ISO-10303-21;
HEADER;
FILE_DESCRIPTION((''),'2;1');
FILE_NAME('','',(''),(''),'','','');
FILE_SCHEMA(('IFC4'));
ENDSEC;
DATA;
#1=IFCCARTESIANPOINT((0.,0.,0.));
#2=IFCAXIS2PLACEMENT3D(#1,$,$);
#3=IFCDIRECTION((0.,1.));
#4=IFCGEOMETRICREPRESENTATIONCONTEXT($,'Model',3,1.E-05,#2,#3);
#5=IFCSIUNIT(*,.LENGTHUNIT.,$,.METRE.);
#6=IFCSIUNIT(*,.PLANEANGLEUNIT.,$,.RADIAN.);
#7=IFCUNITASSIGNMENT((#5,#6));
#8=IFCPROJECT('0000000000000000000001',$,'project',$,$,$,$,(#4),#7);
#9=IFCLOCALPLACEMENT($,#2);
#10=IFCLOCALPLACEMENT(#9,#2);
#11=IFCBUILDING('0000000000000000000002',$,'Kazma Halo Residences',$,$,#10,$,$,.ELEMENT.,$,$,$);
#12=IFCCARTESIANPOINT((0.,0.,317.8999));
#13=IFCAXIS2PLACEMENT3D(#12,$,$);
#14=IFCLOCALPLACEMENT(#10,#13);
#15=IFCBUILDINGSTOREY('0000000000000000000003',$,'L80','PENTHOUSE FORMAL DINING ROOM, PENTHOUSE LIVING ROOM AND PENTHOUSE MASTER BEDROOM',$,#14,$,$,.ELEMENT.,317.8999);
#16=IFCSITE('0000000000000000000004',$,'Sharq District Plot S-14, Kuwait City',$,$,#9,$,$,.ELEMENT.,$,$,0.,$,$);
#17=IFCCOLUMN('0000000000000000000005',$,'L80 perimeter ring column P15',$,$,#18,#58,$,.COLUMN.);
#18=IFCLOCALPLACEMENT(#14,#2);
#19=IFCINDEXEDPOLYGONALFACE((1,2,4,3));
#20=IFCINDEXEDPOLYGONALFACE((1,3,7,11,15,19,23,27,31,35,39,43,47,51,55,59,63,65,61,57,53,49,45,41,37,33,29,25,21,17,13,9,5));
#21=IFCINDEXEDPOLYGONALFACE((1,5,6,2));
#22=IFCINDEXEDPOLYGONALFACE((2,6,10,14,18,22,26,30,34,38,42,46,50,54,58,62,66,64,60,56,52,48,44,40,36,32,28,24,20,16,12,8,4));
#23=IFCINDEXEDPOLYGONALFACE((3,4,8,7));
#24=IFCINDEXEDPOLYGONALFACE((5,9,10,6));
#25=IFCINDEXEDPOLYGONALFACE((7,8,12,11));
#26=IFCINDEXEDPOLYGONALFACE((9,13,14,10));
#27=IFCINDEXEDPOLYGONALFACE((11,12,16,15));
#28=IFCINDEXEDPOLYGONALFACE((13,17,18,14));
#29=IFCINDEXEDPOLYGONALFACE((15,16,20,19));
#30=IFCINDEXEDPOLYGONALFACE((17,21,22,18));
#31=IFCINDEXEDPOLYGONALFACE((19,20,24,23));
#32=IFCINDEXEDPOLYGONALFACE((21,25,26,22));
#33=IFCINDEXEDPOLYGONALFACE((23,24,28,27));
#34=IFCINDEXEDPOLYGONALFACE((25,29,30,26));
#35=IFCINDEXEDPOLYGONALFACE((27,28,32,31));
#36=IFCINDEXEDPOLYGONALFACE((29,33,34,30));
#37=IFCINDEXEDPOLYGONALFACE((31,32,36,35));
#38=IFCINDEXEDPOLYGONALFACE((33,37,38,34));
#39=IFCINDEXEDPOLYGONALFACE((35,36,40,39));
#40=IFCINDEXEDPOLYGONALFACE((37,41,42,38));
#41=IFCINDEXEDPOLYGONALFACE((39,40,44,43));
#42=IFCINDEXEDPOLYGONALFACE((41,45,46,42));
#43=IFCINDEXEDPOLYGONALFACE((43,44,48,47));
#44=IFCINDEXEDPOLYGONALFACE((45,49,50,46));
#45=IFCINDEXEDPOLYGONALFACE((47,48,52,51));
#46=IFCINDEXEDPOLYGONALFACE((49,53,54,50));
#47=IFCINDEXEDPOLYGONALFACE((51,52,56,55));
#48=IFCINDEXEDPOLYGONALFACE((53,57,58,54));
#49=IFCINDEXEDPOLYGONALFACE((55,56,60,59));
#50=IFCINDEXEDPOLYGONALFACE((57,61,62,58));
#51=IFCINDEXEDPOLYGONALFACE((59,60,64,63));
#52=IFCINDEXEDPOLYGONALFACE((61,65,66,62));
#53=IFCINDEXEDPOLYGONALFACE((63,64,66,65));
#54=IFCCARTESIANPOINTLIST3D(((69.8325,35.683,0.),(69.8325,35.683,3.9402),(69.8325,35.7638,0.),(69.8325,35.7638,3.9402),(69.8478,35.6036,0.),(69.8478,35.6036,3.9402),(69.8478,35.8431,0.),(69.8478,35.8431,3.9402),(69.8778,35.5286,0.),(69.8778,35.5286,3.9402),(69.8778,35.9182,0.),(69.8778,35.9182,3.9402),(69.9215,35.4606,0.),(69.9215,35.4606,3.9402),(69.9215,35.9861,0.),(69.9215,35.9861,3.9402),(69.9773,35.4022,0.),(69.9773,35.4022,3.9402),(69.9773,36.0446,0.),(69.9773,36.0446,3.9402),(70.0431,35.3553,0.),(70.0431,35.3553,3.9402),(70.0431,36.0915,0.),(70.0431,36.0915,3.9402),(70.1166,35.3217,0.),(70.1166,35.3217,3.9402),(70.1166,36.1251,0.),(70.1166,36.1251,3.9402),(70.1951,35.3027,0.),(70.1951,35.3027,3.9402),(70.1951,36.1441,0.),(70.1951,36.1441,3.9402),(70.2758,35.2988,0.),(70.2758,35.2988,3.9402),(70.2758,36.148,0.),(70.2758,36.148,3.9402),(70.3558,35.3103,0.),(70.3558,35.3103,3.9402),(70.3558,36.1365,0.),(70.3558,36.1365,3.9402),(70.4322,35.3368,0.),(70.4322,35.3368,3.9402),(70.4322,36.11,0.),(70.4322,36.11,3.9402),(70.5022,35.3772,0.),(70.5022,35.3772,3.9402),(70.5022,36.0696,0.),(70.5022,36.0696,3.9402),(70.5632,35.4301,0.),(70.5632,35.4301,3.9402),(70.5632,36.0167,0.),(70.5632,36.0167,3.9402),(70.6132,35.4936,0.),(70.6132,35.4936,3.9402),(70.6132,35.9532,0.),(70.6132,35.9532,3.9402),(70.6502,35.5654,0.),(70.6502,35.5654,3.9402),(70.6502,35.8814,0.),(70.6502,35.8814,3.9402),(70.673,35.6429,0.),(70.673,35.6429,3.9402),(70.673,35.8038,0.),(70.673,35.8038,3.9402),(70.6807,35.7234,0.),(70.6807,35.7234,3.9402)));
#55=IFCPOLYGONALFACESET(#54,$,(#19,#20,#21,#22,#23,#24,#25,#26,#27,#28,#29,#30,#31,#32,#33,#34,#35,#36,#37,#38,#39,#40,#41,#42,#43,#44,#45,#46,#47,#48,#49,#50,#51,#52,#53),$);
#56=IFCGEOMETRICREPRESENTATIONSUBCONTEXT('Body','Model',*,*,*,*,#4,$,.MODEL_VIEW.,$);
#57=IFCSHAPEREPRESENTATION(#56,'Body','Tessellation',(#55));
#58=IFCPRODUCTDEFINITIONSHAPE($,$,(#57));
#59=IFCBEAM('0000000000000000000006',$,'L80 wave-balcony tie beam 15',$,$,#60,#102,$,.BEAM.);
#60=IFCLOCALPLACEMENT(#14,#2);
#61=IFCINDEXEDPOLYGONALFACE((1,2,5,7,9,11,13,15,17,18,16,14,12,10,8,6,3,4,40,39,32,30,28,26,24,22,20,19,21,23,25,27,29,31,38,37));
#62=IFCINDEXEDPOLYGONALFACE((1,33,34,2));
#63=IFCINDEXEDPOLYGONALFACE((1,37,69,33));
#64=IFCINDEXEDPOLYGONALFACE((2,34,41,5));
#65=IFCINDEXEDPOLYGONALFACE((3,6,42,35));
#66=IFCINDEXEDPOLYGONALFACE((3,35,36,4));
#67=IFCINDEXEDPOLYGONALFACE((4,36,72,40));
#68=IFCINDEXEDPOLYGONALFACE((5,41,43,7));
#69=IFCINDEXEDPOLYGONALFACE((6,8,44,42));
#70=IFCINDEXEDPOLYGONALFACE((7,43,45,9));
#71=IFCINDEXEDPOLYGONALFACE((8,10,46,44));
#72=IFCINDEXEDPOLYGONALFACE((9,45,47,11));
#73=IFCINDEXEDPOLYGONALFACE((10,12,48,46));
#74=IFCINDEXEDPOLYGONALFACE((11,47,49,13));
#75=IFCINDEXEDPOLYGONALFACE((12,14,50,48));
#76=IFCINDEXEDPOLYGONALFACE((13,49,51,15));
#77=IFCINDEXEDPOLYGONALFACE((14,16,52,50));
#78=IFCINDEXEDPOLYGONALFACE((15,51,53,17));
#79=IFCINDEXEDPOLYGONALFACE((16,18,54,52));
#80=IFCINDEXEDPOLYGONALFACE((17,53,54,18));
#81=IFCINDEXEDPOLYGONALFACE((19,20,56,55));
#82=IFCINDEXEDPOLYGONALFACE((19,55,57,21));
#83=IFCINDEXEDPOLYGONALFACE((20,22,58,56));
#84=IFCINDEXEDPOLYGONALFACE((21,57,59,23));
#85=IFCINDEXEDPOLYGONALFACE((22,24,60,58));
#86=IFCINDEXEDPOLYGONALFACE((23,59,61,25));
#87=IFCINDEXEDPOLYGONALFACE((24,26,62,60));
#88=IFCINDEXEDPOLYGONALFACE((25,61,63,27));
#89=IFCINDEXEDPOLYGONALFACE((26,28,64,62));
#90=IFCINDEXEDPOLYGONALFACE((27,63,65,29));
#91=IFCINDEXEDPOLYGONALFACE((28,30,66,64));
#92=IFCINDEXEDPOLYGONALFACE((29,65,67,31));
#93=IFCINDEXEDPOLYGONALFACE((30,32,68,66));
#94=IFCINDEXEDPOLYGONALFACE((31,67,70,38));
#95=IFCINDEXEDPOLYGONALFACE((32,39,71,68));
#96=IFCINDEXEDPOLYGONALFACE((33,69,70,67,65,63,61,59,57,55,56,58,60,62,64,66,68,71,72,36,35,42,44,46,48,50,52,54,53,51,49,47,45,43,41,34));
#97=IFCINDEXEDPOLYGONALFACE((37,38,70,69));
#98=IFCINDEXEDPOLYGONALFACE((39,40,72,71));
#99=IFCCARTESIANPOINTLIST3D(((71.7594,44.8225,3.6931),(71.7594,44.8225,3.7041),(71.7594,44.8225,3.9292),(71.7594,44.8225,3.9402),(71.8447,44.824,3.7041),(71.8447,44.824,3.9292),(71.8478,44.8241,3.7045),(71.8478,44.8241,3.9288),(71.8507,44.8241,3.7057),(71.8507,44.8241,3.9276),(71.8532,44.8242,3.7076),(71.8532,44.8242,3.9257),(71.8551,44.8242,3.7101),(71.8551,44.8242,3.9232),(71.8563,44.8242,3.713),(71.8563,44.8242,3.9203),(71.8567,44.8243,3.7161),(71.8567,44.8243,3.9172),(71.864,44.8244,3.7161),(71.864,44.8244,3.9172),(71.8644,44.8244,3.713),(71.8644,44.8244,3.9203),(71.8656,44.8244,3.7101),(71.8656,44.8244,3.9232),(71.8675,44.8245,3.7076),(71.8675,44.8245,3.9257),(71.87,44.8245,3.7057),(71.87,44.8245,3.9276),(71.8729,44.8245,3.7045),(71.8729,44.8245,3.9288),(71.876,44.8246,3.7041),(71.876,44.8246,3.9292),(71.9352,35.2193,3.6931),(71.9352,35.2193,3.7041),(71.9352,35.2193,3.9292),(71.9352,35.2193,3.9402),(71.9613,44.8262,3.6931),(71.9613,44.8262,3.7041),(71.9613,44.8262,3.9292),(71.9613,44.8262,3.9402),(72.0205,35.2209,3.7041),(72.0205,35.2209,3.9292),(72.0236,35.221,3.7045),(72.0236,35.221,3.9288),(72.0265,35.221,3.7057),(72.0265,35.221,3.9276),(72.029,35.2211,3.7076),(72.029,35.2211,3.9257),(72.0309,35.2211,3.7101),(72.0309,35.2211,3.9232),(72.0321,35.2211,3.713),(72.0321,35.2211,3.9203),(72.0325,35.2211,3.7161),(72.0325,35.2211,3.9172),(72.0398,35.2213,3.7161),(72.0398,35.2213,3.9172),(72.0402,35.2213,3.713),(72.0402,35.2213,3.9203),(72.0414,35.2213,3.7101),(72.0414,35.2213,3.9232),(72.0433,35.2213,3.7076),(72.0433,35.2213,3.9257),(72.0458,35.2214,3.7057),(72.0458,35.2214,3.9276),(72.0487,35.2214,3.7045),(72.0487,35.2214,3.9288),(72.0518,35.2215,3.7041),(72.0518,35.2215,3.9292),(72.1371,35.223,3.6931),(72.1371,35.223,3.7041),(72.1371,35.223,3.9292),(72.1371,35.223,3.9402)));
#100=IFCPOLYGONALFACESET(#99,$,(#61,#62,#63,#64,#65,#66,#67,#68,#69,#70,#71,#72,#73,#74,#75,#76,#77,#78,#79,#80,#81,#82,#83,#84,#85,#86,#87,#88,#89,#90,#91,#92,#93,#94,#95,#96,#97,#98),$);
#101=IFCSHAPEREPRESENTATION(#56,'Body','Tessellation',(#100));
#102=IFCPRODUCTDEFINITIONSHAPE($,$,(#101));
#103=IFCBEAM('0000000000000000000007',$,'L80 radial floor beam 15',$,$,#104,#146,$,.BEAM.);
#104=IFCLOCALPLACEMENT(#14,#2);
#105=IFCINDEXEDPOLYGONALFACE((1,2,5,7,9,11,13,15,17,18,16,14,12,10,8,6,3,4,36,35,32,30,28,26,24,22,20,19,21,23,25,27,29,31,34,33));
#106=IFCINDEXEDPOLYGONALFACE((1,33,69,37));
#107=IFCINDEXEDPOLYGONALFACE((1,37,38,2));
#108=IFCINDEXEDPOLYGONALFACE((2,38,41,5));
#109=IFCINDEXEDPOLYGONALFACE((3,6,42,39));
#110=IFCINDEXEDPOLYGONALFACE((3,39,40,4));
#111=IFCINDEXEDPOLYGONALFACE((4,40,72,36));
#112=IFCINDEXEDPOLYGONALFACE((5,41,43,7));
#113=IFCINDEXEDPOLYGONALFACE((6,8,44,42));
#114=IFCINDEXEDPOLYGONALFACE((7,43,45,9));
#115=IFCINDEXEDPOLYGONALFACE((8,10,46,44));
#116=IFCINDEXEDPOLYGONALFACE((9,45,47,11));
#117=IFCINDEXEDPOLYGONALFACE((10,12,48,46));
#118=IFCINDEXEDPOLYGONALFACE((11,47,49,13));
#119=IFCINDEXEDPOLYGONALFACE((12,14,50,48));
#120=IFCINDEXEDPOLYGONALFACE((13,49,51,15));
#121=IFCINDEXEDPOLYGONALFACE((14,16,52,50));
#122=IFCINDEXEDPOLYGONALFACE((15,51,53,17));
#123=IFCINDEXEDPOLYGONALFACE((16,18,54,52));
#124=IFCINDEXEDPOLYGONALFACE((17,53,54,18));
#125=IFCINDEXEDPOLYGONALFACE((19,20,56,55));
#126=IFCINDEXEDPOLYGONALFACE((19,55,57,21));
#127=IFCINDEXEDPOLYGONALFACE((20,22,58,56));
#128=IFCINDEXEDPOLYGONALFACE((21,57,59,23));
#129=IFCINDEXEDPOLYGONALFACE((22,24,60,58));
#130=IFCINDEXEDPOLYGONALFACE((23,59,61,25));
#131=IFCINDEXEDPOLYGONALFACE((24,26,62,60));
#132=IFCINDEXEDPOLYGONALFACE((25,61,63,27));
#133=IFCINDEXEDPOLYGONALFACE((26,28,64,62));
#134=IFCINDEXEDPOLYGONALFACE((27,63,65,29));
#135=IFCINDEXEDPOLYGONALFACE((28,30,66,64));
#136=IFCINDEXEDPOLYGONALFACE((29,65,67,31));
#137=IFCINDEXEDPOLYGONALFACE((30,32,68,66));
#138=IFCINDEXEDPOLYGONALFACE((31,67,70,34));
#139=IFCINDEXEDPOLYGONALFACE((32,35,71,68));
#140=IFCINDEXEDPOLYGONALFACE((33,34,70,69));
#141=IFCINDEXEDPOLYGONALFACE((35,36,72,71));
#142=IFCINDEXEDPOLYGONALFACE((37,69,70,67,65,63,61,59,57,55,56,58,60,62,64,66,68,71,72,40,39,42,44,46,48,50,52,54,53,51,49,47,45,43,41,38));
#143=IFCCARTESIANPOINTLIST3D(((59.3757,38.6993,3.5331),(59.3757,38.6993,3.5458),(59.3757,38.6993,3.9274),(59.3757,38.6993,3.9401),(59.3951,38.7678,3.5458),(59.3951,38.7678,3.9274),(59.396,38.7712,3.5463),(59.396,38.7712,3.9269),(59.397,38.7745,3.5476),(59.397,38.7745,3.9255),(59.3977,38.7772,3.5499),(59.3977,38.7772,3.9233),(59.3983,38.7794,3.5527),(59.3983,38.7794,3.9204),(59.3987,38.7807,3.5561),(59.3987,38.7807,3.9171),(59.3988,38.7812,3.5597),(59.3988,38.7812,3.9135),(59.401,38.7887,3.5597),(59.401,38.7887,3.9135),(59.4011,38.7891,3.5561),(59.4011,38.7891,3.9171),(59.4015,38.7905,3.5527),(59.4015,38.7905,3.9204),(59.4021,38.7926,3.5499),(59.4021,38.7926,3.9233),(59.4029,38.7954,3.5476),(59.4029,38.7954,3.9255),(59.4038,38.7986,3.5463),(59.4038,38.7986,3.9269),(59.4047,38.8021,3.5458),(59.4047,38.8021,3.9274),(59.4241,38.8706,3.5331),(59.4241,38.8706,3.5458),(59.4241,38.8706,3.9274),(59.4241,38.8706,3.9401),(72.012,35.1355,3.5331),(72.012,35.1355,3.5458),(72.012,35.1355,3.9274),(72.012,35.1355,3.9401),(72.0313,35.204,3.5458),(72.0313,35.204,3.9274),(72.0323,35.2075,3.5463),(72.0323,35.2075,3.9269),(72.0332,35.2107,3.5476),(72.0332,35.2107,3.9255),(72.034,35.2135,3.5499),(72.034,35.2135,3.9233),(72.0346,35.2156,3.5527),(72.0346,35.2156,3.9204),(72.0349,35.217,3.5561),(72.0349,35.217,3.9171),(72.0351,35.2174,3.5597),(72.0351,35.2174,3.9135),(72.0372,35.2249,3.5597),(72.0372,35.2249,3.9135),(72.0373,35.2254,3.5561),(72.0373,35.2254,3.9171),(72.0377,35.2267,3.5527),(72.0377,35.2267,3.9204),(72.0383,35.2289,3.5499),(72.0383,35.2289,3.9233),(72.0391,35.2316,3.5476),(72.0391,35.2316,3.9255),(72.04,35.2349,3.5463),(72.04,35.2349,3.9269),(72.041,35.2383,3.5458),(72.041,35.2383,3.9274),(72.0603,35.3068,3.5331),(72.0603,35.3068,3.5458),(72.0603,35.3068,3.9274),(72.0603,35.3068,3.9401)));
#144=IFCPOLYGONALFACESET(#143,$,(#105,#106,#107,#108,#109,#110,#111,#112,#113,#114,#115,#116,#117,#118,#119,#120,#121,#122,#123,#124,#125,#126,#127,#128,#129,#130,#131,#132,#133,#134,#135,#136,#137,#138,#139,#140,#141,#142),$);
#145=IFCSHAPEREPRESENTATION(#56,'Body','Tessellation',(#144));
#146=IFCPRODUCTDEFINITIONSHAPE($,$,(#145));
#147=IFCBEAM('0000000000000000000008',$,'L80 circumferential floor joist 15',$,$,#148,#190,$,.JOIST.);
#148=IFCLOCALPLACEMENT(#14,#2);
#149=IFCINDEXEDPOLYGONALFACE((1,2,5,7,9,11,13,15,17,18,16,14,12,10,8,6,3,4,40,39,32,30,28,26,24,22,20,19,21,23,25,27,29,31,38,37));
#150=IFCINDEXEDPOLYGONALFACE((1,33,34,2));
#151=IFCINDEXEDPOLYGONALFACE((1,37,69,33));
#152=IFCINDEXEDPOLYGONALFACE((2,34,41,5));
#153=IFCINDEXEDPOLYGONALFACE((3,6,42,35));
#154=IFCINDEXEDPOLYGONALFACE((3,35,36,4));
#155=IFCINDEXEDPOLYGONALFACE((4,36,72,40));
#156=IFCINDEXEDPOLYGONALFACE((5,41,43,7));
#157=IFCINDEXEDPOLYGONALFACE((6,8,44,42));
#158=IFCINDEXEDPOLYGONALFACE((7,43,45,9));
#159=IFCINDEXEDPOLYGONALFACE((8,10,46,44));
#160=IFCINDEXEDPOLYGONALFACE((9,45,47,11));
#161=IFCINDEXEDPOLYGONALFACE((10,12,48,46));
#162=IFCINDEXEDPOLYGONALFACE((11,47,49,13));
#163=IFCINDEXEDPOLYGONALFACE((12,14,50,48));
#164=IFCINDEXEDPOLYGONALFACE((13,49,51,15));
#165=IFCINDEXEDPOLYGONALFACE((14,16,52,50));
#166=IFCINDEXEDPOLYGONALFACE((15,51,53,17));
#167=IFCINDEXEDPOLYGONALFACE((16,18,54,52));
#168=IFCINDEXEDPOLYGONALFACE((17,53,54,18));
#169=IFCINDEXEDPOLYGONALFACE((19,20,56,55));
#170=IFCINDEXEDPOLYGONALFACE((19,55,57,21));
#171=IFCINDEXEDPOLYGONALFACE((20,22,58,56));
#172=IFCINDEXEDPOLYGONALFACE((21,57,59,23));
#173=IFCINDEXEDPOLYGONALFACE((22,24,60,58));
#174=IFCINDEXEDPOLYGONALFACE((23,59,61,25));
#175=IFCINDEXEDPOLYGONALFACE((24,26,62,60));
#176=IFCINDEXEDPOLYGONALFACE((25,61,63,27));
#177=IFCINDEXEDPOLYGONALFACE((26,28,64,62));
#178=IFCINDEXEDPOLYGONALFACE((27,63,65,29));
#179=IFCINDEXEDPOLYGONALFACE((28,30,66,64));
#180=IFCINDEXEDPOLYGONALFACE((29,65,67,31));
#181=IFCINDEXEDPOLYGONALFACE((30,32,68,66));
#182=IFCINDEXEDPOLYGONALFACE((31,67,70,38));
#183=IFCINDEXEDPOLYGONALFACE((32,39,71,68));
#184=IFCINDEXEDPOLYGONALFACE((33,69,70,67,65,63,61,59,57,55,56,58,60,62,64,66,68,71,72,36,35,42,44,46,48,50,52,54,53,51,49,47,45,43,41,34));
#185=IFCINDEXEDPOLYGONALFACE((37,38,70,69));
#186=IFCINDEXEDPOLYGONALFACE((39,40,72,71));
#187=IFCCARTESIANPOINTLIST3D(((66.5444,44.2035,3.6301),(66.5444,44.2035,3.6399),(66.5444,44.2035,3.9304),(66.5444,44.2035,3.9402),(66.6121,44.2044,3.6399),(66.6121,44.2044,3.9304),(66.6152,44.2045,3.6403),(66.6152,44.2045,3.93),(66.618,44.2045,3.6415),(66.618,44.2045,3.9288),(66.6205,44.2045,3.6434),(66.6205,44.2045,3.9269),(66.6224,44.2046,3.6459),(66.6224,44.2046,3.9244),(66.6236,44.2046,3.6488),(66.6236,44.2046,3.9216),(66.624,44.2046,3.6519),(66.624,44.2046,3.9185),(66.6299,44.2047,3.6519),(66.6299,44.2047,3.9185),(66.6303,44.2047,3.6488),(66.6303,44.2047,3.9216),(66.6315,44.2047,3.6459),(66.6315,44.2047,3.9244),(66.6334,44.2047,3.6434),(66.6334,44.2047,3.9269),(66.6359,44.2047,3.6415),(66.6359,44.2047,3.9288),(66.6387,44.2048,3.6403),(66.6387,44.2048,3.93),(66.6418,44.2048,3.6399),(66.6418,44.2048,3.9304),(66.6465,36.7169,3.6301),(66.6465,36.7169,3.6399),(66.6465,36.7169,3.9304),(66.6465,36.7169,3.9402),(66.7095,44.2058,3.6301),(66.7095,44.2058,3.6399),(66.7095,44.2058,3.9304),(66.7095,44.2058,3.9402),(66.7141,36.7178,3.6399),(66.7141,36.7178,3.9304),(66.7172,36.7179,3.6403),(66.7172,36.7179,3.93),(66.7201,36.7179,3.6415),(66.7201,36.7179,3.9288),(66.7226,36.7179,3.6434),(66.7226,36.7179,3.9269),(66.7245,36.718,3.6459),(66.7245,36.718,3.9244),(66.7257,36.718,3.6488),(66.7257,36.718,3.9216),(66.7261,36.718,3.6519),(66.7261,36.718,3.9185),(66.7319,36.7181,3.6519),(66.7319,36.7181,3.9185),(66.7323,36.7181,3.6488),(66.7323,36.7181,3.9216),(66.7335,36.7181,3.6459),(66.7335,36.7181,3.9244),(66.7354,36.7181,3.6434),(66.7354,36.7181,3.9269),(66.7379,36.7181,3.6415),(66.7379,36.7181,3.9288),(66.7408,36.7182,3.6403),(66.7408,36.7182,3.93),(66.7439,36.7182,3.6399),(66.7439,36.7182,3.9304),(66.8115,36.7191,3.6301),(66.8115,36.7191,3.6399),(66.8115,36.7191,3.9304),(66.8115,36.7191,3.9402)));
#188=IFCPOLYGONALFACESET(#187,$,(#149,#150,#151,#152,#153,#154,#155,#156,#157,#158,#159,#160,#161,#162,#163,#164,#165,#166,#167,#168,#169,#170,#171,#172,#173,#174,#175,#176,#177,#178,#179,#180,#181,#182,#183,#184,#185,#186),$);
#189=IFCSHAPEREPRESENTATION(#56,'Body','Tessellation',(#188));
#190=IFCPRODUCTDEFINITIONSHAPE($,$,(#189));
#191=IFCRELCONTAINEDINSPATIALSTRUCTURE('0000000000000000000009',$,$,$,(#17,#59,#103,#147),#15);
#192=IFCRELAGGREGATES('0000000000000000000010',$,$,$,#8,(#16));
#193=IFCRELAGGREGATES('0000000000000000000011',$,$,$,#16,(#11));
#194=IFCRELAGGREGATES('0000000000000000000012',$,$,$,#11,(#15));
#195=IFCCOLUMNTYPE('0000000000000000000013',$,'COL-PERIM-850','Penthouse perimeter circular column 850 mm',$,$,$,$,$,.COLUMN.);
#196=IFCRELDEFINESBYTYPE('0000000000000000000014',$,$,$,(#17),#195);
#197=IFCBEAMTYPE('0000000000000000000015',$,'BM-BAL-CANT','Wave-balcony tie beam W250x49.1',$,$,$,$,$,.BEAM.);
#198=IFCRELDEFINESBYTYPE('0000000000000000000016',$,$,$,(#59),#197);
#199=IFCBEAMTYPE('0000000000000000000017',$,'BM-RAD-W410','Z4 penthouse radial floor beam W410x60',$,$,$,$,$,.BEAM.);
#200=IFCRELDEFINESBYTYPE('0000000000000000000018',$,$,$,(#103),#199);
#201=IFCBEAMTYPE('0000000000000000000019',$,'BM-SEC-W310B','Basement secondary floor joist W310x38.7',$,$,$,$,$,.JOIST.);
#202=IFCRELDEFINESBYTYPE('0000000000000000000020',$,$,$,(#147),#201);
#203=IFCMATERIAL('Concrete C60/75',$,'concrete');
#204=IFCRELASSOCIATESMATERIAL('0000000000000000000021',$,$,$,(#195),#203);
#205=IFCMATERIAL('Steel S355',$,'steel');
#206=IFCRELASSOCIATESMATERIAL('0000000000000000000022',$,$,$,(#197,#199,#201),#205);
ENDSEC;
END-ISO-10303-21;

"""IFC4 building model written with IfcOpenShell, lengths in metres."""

from ifc_helpers import new_model, si_unit, direction, frame, origin, origin_2d, place, context, subcontext, project, spatial, circle, i_section, extrude, material, material_profile, profile_set, type_object, element, save


model = new_model("IFC4")

# Units and contexts
model_context = context("Model", 3, precision=1e-05, world=origin(), true_north=direction((0.0, 1.0)))
body_context = subcontext(model_context, "Body", "Model", "MODEL_VIEW")
ifc_project = project(units=[si_unit("LENGTHUNIT", "METRE"), si_unit("PLANEANGLEUNIT", "RADIAN")], contexts=[model_context])

# Site, building, storey
site_placement = place(None, origin())
site = spatial("IfcSite", under=ifc_project, at=site_placement, Name="Sharq District Plot S-14, Kuwait City", CompositionType="ELEMENT", RefElevation=0.0)
building_placement = place(site_placement, origin())
building = spatial("IfcBuilding", under=site, at=building_placement, Name="Kazma Halo Residences", CompositionType="ELEMENT")
storey_placement = place(building_placement, frame((0.0, 0.0, 317.8999)))
storey = spatial("IfcBuildingStorey", under=building, at=storey_placement, Name="L80", Description="PENTHOUSE FORMAL DINING ROOM, PENTHOUSE LIVING ROOM AND PENTHOUSE MASTER BEDROOM", CompositionType="ELEMENT", Elevation=317.8999)

# Column
ifc_material_1 = material(Name="Concrete C60/75", Category="concrete")
ifc_material_profile_1 = material_profile(ifc_material_1, circle(Radius=0.425, at=origin_2d()), Name="CIRC850")
ifc_profile_set_1 = profile_set([ifc_material_profile_1], Name="Concrete C60/75")
column_type = type_object("IfcColumnType", Name="COL-PERIM-850", Description="Penthouse perimeter circular column 850 mm", PredefinedType="COLUMN", material=ifc_profile_set_1)
column_placement = place(storey_placement, frame((70.2556, 35.7234, 0.0), z_axis=(0.0, 0.0, 1.0), x_axis=(1.0, 0.0, 0.0)))
element("IfcColumn", 1, at=column_placement, inside=storey, type_object=column_type, Name="L80 perimeter ring column P15", PredefinedType="COLUMN", context=body_context, shape_type="SweptSolid", body=[
    extrude(circle(Radius=0.425, at=origin_2d()), origin(), (0.0, 0.0, 1.0), 3.9402),
])

# Beams
ifc_material_2 = material(Name="Steel S355", Category="steel")
ifc_material_profile_2 = material_profile(ifc_material_2, i_section(OverallWidth=0.2019, OverallDepth=0.2471, WebThickness=0.0073, FlangeThickness=0.011, FilletRadius=0.012, at=origin_2d()), Name="W250x49.1")
ifc_profile_set_2 = profile_set([ifc_material_profile_2], Name="Steel S355")
beam_type_1 = type_object("IfcBeamType", Name="BM-BAL-CANT", Description="Wave-balcony tie beam W250x49.1", PredefinedType="BEAM", material=ifc_profile_set_2)
beam_1_placement = place(storey_placement, frame((72.0361, 35.2212, 3.8167), z_axis=(-0.018302, 0.999833, 0.0), x_axis=(-0.999833, -0.018302, 0.0)))
element("IfcBeam", 2, at=beam_1_placement, inside=storey, type_object=beam_type_1, Name="L80 wave-balcony tie beam 15", PredefinedType="BEAM", context=body_context, shape_type="SweptSolid", body=[
    extrude(i_section(OverallWidth=0.2019, OverallDepth=0.2471, WebThickness=0.0073, FlangeThickness=0.011, FilletRadius=0.012, at=origin_2d()), origin(), (0.0, 0.0, 1.0), 9.6047),
])
ifc_material_profile_3 = material_profile(ifc_material_2, i_section(OverallWidth=0.178, OverallDepth=0.407, WebThickness=0.0078, FlangeThickness=0.0127, FilletRadius=0.0139, at=origin_2d()), Name="W410x60")
ifc_profile_set_3 = profile_set([ifc_material_profile_3], Name="Steel S355")
beam_type_2 = type_object("IfcBeamType", Name="BM-RAD-W410", Description="Z4 penthouse radial floor beam W410x60", PredefinedType="BEAM", material=ifc_profile_set_3)
beam_2_placement = place(storey_placement, frame((59.3999, 38.7849, 3.7366), z_axis=(0.962457, -0.271436, 0.0), x_axis=(0.271436, 0.962457, 0.0)))
element("IfcBeam", 3, at=beam_2_placement, inside=storey, type_object=beam_type_2, Name="L80 radial floor beam 15", PredefinedType="BEAM", context=body_context, shape_type="SweptSolid", body=[
    extrude(i_section(OverallWidth=0.178, OverallDepth=0.407, WebThickness=0.0078, FlangeThickness=0.0127, FilletRadius=0.0139, at=origin_2d()), origin(), (0.0, 0.0, 1.0), 13.1292),
])
ifc_material_profile_4 = material_profile(ifc_material_2, i_section(OverallWidth=0.165, OverallDepth=0.3101, WebThickness=0.0059, FlangeThickness=0.0098, FilletRadius=0.012, at=origin_2d()), Name="W310x38.7")
ifc_profile_set_4 = profile_set([ifc_material_profile_4], Name="Steel S355")
beam_type_3 = type_object("IfcBeamType", Name="BM-SEC-W310B", Description="Basement secondary floor joist W310x38.7", PredefinedType="JOIST", material=ifc_profile_set_4)
beam_3_placement = place(storey_placement, frame((66.729, 36.718, 3.7852), z_axis=(-0.01363, 0.999907, 0.0), x_axis=(-0.999907, -0.01363, 0.0)))
element("IfcBeam", 4, at=beam_3_placement, inside=storey, type_object=beam_type_3, Name="L80 circumferential floor joist 15", PredefinedType="JOIST", context=body_context, shape_type="SweptSolid", body=[
    extrude(i_section(OverallWidth=0.165, OverallDepth=0.3101, WebThickness=0.0059, FlangeThickness=0.0098, FilletRadius=0.012, at=origin_2d()), origin(), (0.0, 0.0, 1.0), 7.4873),
])

save(model, "model.ifc")
